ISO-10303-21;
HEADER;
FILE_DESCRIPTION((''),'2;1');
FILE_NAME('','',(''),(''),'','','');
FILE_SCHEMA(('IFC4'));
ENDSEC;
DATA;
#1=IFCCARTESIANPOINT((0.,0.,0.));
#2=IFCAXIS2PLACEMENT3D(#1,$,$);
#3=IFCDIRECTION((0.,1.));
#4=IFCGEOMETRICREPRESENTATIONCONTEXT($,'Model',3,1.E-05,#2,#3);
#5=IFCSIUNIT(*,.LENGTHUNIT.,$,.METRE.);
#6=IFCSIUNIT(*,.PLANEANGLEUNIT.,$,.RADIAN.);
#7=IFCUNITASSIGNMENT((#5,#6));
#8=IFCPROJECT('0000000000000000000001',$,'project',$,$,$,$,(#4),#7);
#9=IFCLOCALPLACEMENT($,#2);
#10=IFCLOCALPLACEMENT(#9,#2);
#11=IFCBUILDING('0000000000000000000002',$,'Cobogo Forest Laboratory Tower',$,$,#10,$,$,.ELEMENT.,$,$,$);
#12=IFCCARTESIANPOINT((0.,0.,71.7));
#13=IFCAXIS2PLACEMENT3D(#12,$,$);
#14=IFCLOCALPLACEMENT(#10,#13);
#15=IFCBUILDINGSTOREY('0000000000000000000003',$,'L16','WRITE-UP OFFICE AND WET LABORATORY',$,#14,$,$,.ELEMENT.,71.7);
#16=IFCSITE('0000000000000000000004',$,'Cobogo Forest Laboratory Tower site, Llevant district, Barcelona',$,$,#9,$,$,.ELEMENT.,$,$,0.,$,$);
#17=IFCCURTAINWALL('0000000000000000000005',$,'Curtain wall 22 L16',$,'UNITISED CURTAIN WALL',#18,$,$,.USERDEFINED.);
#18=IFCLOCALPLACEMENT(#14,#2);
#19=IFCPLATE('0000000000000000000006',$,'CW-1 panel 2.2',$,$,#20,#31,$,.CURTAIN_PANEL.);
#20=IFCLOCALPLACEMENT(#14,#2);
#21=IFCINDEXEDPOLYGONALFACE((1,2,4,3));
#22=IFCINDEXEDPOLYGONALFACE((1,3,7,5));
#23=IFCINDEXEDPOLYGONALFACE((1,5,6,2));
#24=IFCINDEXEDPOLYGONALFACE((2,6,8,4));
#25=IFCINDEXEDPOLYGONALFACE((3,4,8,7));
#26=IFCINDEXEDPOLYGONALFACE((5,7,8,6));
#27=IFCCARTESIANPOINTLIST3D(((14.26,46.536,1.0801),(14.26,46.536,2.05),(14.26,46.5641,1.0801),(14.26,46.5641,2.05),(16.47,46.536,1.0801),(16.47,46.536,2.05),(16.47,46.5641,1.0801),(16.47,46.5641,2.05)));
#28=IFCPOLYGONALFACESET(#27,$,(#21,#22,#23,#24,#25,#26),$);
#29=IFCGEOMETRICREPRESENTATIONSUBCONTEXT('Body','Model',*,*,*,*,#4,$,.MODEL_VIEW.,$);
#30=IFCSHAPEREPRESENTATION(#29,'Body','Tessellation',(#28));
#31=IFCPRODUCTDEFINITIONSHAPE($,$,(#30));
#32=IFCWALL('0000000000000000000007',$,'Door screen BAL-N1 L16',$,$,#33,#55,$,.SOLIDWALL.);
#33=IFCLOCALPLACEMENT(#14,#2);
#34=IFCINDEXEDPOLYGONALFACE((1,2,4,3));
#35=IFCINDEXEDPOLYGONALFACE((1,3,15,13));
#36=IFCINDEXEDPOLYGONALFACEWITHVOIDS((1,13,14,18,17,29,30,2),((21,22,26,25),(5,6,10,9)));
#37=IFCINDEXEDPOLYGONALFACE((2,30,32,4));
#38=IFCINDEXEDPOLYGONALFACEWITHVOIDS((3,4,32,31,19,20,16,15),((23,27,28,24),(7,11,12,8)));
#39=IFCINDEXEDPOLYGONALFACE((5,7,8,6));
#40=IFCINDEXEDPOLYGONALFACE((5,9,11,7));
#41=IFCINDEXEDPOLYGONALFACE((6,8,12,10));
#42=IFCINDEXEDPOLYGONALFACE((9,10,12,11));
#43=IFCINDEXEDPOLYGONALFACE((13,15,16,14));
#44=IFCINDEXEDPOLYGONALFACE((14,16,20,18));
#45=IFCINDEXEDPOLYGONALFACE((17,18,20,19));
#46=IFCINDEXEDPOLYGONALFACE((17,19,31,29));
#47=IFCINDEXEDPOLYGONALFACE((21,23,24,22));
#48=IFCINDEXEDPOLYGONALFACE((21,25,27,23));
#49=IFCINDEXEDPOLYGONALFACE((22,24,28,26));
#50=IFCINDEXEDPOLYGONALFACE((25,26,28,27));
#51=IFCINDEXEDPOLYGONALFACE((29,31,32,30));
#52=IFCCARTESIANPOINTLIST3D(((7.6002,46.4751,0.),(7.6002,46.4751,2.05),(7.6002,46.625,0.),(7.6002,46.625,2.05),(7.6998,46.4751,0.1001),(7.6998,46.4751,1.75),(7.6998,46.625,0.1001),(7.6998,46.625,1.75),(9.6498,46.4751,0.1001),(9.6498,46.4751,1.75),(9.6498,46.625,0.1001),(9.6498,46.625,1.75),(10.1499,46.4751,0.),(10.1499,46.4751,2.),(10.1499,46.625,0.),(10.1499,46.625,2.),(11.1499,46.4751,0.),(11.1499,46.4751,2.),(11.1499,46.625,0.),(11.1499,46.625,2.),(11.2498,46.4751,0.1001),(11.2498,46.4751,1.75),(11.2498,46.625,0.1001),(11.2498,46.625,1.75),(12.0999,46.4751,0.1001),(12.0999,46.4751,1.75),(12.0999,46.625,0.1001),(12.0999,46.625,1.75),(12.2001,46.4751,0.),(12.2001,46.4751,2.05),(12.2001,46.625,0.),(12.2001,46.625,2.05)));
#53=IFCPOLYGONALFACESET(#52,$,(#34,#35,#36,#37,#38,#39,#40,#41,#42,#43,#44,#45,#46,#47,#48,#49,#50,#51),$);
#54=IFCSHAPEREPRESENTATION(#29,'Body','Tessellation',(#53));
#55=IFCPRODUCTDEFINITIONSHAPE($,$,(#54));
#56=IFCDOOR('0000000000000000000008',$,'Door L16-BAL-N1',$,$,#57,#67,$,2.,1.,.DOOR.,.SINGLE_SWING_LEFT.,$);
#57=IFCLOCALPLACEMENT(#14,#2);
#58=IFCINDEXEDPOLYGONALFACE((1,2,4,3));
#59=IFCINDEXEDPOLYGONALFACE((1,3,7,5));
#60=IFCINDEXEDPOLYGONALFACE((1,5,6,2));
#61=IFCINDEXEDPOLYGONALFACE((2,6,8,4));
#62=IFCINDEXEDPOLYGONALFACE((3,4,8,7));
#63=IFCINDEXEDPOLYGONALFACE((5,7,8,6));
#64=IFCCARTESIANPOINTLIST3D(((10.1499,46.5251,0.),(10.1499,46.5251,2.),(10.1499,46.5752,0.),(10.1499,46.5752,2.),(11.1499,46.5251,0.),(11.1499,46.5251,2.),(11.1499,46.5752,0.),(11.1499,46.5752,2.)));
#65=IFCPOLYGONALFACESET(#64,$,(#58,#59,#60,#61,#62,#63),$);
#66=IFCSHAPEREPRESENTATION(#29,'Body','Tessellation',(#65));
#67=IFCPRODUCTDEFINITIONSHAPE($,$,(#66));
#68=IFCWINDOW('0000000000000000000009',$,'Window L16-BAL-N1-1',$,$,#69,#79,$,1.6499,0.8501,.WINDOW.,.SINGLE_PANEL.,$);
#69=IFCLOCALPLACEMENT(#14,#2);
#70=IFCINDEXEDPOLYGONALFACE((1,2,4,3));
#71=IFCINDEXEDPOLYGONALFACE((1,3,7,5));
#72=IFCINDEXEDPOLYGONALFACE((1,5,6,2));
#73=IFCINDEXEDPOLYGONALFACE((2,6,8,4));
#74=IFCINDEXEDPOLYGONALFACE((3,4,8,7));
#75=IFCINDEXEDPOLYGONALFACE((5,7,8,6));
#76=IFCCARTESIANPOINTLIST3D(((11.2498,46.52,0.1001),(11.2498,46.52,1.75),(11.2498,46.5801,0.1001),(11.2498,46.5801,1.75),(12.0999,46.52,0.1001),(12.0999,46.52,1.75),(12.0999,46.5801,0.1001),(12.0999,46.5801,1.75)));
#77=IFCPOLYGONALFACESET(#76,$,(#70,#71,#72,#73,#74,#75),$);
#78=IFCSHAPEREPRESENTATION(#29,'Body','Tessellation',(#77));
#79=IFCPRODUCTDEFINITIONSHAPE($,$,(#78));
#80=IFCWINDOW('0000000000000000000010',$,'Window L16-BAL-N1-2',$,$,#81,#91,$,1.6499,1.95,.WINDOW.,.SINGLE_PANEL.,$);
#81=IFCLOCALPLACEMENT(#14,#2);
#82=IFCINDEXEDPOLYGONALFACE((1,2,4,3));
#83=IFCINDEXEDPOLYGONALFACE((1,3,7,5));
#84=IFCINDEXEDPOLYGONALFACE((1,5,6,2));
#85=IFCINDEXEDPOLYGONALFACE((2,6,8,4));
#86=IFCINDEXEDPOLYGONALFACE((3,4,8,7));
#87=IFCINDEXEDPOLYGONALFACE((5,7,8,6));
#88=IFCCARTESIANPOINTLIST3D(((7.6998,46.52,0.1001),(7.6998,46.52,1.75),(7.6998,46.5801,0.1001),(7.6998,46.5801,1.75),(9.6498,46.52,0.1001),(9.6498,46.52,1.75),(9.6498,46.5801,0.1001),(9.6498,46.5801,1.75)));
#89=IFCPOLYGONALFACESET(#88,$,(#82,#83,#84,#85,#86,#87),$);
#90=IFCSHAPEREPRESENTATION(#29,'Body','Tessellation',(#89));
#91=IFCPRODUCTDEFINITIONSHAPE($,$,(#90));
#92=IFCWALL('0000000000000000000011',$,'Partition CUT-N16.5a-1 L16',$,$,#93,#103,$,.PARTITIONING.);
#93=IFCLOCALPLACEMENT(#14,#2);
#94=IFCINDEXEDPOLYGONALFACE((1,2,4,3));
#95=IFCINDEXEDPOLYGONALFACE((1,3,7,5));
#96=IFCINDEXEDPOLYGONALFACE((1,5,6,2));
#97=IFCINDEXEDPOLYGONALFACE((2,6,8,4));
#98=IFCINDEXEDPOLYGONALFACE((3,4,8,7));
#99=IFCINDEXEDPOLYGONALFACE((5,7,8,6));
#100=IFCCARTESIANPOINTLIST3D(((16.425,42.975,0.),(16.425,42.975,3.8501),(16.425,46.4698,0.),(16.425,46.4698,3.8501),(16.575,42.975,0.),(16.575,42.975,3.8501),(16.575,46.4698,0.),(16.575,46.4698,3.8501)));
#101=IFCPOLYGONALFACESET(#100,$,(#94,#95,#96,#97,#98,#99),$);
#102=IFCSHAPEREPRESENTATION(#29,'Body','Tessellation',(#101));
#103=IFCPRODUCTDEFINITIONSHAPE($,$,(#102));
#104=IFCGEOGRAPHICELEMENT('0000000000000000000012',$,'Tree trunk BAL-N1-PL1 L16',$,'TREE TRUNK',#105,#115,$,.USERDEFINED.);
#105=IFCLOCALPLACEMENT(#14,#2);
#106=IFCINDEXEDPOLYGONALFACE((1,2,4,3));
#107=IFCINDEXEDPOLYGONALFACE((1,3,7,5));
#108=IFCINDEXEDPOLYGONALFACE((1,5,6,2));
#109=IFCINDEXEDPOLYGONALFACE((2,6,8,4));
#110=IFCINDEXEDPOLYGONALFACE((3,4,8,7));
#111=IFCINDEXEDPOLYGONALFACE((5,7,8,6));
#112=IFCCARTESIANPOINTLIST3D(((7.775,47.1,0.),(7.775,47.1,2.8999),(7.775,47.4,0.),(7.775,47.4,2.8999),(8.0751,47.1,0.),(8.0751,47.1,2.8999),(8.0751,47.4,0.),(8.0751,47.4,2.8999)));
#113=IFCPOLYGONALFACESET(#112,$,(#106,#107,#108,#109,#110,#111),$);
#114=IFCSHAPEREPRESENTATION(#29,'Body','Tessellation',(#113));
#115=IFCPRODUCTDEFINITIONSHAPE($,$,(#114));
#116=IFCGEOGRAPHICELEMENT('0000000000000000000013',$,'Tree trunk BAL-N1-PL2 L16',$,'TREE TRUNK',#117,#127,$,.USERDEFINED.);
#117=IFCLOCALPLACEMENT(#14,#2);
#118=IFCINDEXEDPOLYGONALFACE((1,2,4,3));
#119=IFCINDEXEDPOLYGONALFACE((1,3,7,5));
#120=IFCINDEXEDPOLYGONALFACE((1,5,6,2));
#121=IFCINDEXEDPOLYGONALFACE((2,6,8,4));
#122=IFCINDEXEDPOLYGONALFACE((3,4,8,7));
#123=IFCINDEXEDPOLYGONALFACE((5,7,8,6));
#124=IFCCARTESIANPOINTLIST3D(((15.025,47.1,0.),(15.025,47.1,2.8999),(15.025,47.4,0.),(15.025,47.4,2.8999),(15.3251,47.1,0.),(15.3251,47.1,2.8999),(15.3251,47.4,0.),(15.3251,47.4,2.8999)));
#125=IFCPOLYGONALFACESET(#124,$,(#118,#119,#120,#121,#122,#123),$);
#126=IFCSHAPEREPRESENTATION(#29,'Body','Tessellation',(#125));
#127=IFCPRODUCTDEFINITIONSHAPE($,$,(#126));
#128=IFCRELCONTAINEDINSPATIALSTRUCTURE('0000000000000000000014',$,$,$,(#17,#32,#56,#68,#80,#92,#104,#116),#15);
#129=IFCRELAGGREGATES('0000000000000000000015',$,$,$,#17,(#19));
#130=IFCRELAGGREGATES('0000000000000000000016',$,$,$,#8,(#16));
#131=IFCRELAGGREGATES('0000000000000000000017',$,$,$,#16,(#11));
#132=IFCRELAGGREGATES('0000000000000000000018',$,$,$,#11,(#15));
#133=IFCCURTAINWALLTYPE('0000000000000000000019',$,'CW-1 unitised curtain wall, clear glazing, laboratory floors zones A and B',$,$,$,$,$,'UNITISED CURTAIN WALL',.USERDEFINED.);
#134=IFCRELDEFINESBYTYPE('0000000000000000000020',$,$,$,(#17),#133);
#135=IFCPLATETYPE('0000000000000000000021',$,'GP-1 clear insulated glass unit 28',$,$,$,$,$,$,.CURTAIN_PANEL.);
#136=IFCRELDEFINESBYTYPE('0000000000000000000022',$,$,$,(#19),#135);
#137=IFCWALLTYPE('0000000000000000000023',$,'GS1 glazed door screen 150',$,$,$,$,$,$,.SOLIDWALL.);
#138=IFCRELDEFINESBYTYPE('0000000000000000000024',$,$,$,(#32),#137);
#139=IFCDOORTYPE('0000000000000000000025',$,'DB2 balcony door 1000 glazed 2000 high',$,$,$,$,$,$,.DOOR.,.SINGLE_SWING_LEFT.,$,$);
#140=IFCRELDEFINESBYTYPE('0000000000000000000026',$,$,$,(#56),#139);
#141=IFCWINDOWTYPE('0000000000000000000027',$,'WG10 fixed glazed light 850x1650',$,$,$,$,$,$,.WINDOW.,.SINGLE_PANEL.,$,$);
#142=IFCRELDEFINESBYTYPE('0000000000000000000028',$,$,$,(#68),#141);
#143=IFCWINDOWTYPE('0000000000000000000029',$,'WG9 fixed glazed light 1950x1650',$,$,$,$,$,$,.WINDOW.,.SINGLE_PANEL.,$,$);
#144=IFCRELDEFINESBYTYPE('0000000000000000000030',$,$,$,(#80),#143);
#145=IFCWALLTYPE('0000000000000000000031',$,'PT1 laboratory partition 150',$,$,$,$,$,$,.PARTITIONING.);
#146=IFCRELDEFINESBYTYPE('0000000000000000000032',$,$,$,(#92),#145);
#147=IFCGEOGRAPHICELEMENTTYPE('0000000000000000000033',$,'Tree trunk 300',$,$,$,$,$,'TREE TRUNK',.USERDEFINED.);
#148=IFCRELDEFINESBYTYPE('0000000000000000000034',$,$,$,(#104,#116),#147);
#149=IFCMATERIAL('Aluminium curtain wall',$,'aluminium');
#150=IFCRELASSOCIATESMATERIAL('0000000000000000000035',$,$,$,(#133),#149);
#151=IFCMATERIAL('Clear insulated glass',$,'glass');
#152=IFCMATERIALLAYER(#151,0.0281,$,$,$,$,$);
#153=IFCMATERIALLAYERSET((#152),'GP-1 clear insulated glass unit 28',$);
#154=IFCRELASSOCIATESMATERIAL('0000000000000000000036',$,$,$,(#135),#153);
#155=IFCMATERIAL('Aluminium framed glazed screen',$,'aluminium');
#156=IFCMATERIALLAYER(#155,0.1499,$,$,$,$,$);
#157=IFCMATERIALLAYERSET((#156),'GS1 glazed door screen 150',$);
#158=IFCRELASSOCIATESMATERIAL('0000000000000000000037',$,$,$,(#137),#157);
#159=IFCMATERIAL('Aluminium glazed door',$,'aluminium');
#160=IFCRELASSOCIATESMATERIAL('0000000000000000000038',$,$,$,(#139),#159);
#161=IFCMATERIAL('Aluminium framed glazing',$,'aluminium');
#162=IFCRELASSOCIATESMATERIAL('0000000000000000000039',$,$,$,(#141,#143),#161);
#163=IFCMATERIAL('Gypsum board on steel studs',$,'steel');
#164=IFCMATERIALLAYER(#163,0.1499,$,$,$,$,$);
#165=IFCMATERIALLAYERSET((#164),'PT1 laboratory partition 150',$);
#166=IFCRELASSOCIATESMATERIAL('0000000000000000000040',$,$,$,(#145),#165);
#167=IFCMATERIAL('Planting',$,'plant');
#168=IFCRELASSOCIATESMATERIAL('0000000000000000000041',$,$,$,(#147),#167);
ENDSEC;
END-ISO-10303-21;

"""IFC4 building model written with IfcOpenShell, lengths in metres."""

from ifc_helpers import new_model, si_unit, direction, frame, frame_2d, origin, origin_2d, place, context, subcontext, project, spatial, rectangle, extrude, material, layer, layer_set, type_object, element, fill, aggregate, save


model = new_model("IFC4")

# Units and contexts
model_context = context("Model", 3, precision=1e-05, world=origin(), true_north=direction((0.0, 1.0)))
body_context = subcontext(model_context, "Body", "Model", "MODEL_VIEW")
ifc_project = project(units=[si_unit("LENGTHUNIT", "METRE"), si_unit("PLANEANGLEUNIT", "RADIAN")], contexts=[model_context])

# Site, building, storey
site_placement = place(None, origin())
site = spatial("IfcSite", under=ifc_project, at=site_placement, Name="Cobogo Forest Laboratory Tower site, Llevant district, Barcelona", CompositionType="ELEMENT", RefElevation=0.0)
building_placement = place(site_placement, origin())
building = spatial("IfcBuilding", under=site, at=building_placement, Name="Cobogo Forest Laboratory Tower", CompositionType="ELEMENT")
storey_placement = place(building_placement, frame((0.0, 0.0, 71.7)))
storey = spatial("IfcBuildingStorey", under=building, at=storey_placement, Name="L16", Description="WRITE-UP OFFICE AND WET LABORATORY", CompositionType="ELEMENT", Elevation=71.7)

# Curtain wall
ifc_material_1 = material(Name="Aluminium curtain wall", Category="aluminium")
curtain_wall_type = type_object("IfcCurtainWallType", Name="CW-1 unitised curtain wall, clear glazing, laboratory floors zones A and B", ElementType="UNITISED CURTAIN WALL", PredefinedType="USERDEFINED", material=ifc_material_1)
curtain_wall_1_placement = place(storey_placement, origin())
curtain_wall_1 = element("IfcCurtainWall", 1, at=curtain_wall_1_placement, inside=storey, type_object=curtain_wall_type, Name="Curtain wall 22 L16", ObjectType="UNITISED CURTAIN WALL", PredefinedType="USERDEFINED")

# Plate
ifc_material_2 = material(Name="Clear insulated glass", Category="glass")
ifc_layer_1 = layer(ifc_material_2, 0.0281)
ifc_layer_set_1 = layer_set([ifc_layer_1], Name="GP-1 clear insulated glass unit 28")
plate_type = type_object("IfcPlateType", Name="GP-1 clear insulated glass unit 28", PredefinedType="CURTAIN_PANEL", material=ifc_layer_set_1)
plate_1_placement = place(storey_placement, frame((15.365, 46.55, 1.0801), z_axis=(0.0, 0.0, 1.0), x_axis=(-1.0, 0.0, 0.0)))
plate_1 = element("IfcPlate", 2, at=plate_1_placement, type_object=plate_type, Name="CW-1 panel 2.2", PredefinedType="CURTAIN_PANEL", context=body_context, shape_type="SweptSolid", body=[
    extrude(rectangle(XDim=2.21, YDim=0.0281, at=origin_2d()), origin(), (0.0, 0.0, 1.0), 0.97),
])
aggregate(curtain_wall_1, [plate_1])

# Wall, openings, door, windows
ifc_material_3 = material(Name="Aluminium framed glazed screen", Category="aluminium")
ifc_layer_2 = layer(ifc_material_3, 0.1499)
ifc_layer_set_2 = layer_set([ifc_layer_2], Name="GS1 glazed door screen 150")
wall_type_1 = type_object("IfcWallType", Name="GS1 glazed door screen 150", PredefinedType="SOLIDWALL", material=ifc_layer_set_2)
wall_1_placement = place(storey_placement, frame((12.2, 46.55, 0.0), z_axis=(0.0, 0.0, 1.0), x_axis=(-1.0, 0.0, 0.0)))
wall_1 = element("IfcWall", 3, at=wall_1_placement, inside=storey, type_object=wall_type_1, Name="Door screen BAL-N1 L16", PredefinedType="SOLIDWALL", context=body_context, shape_type="SweptSolid", body=[
    extrude(rectangle(XDim=4.5999, YDim=0.1499, at=frame_2d((2.2998, 0.0))), origin(), (0.0, 0.0, 1.0), 2.05),
])
opening_1_placement = place(wall_1_placement, frame((1.05, 0.0, 0.0)))
opening_1 = element("IfcOpeningElement", 4, at=opening_1_placement, cuts=wall_1, PredefinedType="OPENING", context=body_context, shape_type="SweptSolid", body=[
    extrude(rectangle(XDim=1.0, YDim=2.0, at=frame_2d((0.5, 1.0))), frame((0.0, 0.085, 0.0), z_axis=(0.0, -1.0, 0.0), x_axis=(1.0, 0.0, 0.0)), (0.0, 0.0, 1.0), 0.1699),
])
opening_2_placement = place(wall_1_placement, frame((0.1001, 0.0, 0.1001)))
opening_2 = element("IfcOpeningElement", 5, at=opening_2_placement, cuts=wall_1, PredefinedType="OPENING", context=body_context, shape_type="SweptSolid", body=[
    extrude(rectangle(XDim=0.8501, YDim=1.6499, at=frame_2d((0.425, 0.825))), frame((0.0, 0.085, 0.0), z_axis=(0.0, -1.0, 0.0), x_axis=(1.0, 0.0, 0.0)), (0.0, 0.0, 1.0), 0.1699),
])
opening_3_placement = place(wall_1_placement, frame((2.55, 0.0, 0.1001)))
opening_3 = element("IfcOpeningElement", 6, at=opening_3_placement, cuts=wall_1, PredefinedType="OPENING", context=body_context, shape_type="SweptSolid", body=[
    extrude(rectangle(XDim=1.95, YDim=1.6499, at=frame_2d((0.9751, 0.825))), frame((0.0, 0.085, 0.0), z_axis=(0.0, -1.0, 0.0), x_axis=(1.0, 0.0, 0.0)), (0.0, 0.0, 1.0), 0.1699),
])
ifc_material_4 = material(Name="Aluminium glazed door", Category="aluminium")
door_type = type_object("IfcDoorType", Name="DB2 balcony door 1000 glazed 2000 high", OperationType="SINGLE_SWING_LEFT", PredefinedType="DOOR", material=ifc_material_4)
door_placement = place(opening_1_placement, origin())
door = element("IfcDoor", 7, at=door_placement, inside=storey, type_object=door_type, Name="Door L16-BAL-N1", OperationType="SINGLE_SWING_LEFT", OverallHeight=2.0, OverallWidth=1.0, PredefinedType="DOOR", context=body_context, shape_type="SweptSolid", body=[
    extrude(rectangle(XDim=1.0, YDim=2.0, at=frame_2d((0.5, 1.0))), frame((0.0, 0.0249, 0.0), z_axis=(0.0, -1.0, 0.0), x_axis=(1.0, 0.0, 0.0)), (0.0, 0.0, 1.0), 0.05),
])
fill(opening_1, door)
ifc_material_5 = material(Name="Aluminium framed glazing", Category="aluminium")
window_type_1 = type_object("IfcWindowType", Name="WG10 fixed glazed light 850x1650", PartitioningType="SINGLE_PANEL", PredefinedType="WINDOW", material=ifc_material_5)
window_1_placement = place(opening_2_placement, origin())
window_1 = element("IfcWindow", 8, at=window_1_placement, inside=storey, type_object=window_type_1, Name="Window L16-BAL-N1-1", OverallHeight=1.6499, OverallWidth=0.8501, PartitioningType="SINGLE_PANEL", PredefinedType="WINDOW", context=body_context, shape_type="SweptSolid", body=[
    extrude(rectangle(XDim=0.8501, YDim=1.6499, at=frame_2d((0.425, 0.825))), frame((0.0, 0.03, 0.0), z_axis=(0.0, -1.0, 0.0), x_axis=(1.0, 0.0, 0.0)), (0.0, 0.0, 1.0), 0.0601),
])
fill(opening_2, window_1)
window_type_2 = type_object("IfcWindowType", Name="WG9 fixed glazed light 1950x1650", PartitioningType="SINGLE_PANEL", PredefinedType="WINDOW", material=ifc_material_5)
window_2_placement = place(opening_3_placement, origin())
window_2 = element("IfcWindow", 9, at=window_2_placement, inside=storey, type_object=window_type_2, Name="Window L16-BAL-N1-2", OverallHeight=1.6499, OverallWidth=1.95, PartitioningType="SINGLE_PANEL", PredefinedType="WINDOW", context=body_context, shape_type="SweptSolid", body=[
    extrude(rectangle(XDim=1.95, YDim=1.6499, at=frame_2d((0.9751, 0.825))), frame((0.0, 0.03, 0.0), z_axis=(0.0, -1.0, 0.0), x_axis=(1.0, 0.0, 0.0)), (0.0, 0.0, 1.0), 0.0601),
])
fill(opening_3, window_2)

# Wall
ifc_material_6 = material(Name="Gypsum board on steel studs", Category="steel")
ifc_layer_3 = layer(ifc_material_6, 0.1499)
ifc_layer_set_3 = layer_set([ifc_layer_3], Name="PT1 laboratory partition 150")
wall_type_2 = type_object("IfcWallType", Name="PT1 laboratory partition 150", PredefinedType="PARTITIONING", material=ifc_layer_set_3)
wall_2_placement = place(storey_placement, frame((16.5, 46.47, 0.0), z_axis=(0.0, 0.0, 1.0), x_axis=(0.0, -1.0, 0.0)))
element("IfcWall", 10, at=wall_2_placement, inside=storey, type_object=wall_type_2, Name="Partition CUT-N16.5a-1 L16", PredefinedType="PARTITIONING", context=body_context, shape_type="SweptSolid", body=[
    extrude(rectangle(XDim=3.4949, YDim=0.1499, at=frame_2d((1.7476, 0.0))), origin(), (0.0, 0.0, 1.0), 3.8501),
])

# Geographic elements
ifc_material_7 = material(Name="Planting", Category="plant")
geographic_element_type = type_object("IfcGeographicElementType", Name="Tree trunk 300", ElementType="TREE TRUNK", PredefinedType="USERDEFINED", material=ifc_material_7)
for number, where, z_axis, x_axis, name in (
    (11, (7.925, 47.25, 0.0), (0.0, 0.0, 1.0), (1.0, 0.0, 0.0), "Tree trunk BAL-N1-PL1 L16"),
    (12, (15.175, 47.25, 0.0), (0.0, 0.0, 1.0), (1.0, 0.0, 0.0), "Tree trunk BAL-N1-PL2 L16"),
):
    element("IfcGeographicElement", number, at=place(storey_placement, frame(where, z_axis=z_axis, x_axis=x_axis)), inside=storey, type_object=geographic_element_type, Name=name, ObjectType="TREE TRUNK", PredefinedType="USERDEFINED", context=body_context, shape_type="SweptSolid", body=[
        extrude(rectangle(XDim=0.3, YDim=0.3, at=origin_2d()), origin(), (0.0, 0.0, 1.0), 2.8999),
    ])

save(model, "model.ifc")
